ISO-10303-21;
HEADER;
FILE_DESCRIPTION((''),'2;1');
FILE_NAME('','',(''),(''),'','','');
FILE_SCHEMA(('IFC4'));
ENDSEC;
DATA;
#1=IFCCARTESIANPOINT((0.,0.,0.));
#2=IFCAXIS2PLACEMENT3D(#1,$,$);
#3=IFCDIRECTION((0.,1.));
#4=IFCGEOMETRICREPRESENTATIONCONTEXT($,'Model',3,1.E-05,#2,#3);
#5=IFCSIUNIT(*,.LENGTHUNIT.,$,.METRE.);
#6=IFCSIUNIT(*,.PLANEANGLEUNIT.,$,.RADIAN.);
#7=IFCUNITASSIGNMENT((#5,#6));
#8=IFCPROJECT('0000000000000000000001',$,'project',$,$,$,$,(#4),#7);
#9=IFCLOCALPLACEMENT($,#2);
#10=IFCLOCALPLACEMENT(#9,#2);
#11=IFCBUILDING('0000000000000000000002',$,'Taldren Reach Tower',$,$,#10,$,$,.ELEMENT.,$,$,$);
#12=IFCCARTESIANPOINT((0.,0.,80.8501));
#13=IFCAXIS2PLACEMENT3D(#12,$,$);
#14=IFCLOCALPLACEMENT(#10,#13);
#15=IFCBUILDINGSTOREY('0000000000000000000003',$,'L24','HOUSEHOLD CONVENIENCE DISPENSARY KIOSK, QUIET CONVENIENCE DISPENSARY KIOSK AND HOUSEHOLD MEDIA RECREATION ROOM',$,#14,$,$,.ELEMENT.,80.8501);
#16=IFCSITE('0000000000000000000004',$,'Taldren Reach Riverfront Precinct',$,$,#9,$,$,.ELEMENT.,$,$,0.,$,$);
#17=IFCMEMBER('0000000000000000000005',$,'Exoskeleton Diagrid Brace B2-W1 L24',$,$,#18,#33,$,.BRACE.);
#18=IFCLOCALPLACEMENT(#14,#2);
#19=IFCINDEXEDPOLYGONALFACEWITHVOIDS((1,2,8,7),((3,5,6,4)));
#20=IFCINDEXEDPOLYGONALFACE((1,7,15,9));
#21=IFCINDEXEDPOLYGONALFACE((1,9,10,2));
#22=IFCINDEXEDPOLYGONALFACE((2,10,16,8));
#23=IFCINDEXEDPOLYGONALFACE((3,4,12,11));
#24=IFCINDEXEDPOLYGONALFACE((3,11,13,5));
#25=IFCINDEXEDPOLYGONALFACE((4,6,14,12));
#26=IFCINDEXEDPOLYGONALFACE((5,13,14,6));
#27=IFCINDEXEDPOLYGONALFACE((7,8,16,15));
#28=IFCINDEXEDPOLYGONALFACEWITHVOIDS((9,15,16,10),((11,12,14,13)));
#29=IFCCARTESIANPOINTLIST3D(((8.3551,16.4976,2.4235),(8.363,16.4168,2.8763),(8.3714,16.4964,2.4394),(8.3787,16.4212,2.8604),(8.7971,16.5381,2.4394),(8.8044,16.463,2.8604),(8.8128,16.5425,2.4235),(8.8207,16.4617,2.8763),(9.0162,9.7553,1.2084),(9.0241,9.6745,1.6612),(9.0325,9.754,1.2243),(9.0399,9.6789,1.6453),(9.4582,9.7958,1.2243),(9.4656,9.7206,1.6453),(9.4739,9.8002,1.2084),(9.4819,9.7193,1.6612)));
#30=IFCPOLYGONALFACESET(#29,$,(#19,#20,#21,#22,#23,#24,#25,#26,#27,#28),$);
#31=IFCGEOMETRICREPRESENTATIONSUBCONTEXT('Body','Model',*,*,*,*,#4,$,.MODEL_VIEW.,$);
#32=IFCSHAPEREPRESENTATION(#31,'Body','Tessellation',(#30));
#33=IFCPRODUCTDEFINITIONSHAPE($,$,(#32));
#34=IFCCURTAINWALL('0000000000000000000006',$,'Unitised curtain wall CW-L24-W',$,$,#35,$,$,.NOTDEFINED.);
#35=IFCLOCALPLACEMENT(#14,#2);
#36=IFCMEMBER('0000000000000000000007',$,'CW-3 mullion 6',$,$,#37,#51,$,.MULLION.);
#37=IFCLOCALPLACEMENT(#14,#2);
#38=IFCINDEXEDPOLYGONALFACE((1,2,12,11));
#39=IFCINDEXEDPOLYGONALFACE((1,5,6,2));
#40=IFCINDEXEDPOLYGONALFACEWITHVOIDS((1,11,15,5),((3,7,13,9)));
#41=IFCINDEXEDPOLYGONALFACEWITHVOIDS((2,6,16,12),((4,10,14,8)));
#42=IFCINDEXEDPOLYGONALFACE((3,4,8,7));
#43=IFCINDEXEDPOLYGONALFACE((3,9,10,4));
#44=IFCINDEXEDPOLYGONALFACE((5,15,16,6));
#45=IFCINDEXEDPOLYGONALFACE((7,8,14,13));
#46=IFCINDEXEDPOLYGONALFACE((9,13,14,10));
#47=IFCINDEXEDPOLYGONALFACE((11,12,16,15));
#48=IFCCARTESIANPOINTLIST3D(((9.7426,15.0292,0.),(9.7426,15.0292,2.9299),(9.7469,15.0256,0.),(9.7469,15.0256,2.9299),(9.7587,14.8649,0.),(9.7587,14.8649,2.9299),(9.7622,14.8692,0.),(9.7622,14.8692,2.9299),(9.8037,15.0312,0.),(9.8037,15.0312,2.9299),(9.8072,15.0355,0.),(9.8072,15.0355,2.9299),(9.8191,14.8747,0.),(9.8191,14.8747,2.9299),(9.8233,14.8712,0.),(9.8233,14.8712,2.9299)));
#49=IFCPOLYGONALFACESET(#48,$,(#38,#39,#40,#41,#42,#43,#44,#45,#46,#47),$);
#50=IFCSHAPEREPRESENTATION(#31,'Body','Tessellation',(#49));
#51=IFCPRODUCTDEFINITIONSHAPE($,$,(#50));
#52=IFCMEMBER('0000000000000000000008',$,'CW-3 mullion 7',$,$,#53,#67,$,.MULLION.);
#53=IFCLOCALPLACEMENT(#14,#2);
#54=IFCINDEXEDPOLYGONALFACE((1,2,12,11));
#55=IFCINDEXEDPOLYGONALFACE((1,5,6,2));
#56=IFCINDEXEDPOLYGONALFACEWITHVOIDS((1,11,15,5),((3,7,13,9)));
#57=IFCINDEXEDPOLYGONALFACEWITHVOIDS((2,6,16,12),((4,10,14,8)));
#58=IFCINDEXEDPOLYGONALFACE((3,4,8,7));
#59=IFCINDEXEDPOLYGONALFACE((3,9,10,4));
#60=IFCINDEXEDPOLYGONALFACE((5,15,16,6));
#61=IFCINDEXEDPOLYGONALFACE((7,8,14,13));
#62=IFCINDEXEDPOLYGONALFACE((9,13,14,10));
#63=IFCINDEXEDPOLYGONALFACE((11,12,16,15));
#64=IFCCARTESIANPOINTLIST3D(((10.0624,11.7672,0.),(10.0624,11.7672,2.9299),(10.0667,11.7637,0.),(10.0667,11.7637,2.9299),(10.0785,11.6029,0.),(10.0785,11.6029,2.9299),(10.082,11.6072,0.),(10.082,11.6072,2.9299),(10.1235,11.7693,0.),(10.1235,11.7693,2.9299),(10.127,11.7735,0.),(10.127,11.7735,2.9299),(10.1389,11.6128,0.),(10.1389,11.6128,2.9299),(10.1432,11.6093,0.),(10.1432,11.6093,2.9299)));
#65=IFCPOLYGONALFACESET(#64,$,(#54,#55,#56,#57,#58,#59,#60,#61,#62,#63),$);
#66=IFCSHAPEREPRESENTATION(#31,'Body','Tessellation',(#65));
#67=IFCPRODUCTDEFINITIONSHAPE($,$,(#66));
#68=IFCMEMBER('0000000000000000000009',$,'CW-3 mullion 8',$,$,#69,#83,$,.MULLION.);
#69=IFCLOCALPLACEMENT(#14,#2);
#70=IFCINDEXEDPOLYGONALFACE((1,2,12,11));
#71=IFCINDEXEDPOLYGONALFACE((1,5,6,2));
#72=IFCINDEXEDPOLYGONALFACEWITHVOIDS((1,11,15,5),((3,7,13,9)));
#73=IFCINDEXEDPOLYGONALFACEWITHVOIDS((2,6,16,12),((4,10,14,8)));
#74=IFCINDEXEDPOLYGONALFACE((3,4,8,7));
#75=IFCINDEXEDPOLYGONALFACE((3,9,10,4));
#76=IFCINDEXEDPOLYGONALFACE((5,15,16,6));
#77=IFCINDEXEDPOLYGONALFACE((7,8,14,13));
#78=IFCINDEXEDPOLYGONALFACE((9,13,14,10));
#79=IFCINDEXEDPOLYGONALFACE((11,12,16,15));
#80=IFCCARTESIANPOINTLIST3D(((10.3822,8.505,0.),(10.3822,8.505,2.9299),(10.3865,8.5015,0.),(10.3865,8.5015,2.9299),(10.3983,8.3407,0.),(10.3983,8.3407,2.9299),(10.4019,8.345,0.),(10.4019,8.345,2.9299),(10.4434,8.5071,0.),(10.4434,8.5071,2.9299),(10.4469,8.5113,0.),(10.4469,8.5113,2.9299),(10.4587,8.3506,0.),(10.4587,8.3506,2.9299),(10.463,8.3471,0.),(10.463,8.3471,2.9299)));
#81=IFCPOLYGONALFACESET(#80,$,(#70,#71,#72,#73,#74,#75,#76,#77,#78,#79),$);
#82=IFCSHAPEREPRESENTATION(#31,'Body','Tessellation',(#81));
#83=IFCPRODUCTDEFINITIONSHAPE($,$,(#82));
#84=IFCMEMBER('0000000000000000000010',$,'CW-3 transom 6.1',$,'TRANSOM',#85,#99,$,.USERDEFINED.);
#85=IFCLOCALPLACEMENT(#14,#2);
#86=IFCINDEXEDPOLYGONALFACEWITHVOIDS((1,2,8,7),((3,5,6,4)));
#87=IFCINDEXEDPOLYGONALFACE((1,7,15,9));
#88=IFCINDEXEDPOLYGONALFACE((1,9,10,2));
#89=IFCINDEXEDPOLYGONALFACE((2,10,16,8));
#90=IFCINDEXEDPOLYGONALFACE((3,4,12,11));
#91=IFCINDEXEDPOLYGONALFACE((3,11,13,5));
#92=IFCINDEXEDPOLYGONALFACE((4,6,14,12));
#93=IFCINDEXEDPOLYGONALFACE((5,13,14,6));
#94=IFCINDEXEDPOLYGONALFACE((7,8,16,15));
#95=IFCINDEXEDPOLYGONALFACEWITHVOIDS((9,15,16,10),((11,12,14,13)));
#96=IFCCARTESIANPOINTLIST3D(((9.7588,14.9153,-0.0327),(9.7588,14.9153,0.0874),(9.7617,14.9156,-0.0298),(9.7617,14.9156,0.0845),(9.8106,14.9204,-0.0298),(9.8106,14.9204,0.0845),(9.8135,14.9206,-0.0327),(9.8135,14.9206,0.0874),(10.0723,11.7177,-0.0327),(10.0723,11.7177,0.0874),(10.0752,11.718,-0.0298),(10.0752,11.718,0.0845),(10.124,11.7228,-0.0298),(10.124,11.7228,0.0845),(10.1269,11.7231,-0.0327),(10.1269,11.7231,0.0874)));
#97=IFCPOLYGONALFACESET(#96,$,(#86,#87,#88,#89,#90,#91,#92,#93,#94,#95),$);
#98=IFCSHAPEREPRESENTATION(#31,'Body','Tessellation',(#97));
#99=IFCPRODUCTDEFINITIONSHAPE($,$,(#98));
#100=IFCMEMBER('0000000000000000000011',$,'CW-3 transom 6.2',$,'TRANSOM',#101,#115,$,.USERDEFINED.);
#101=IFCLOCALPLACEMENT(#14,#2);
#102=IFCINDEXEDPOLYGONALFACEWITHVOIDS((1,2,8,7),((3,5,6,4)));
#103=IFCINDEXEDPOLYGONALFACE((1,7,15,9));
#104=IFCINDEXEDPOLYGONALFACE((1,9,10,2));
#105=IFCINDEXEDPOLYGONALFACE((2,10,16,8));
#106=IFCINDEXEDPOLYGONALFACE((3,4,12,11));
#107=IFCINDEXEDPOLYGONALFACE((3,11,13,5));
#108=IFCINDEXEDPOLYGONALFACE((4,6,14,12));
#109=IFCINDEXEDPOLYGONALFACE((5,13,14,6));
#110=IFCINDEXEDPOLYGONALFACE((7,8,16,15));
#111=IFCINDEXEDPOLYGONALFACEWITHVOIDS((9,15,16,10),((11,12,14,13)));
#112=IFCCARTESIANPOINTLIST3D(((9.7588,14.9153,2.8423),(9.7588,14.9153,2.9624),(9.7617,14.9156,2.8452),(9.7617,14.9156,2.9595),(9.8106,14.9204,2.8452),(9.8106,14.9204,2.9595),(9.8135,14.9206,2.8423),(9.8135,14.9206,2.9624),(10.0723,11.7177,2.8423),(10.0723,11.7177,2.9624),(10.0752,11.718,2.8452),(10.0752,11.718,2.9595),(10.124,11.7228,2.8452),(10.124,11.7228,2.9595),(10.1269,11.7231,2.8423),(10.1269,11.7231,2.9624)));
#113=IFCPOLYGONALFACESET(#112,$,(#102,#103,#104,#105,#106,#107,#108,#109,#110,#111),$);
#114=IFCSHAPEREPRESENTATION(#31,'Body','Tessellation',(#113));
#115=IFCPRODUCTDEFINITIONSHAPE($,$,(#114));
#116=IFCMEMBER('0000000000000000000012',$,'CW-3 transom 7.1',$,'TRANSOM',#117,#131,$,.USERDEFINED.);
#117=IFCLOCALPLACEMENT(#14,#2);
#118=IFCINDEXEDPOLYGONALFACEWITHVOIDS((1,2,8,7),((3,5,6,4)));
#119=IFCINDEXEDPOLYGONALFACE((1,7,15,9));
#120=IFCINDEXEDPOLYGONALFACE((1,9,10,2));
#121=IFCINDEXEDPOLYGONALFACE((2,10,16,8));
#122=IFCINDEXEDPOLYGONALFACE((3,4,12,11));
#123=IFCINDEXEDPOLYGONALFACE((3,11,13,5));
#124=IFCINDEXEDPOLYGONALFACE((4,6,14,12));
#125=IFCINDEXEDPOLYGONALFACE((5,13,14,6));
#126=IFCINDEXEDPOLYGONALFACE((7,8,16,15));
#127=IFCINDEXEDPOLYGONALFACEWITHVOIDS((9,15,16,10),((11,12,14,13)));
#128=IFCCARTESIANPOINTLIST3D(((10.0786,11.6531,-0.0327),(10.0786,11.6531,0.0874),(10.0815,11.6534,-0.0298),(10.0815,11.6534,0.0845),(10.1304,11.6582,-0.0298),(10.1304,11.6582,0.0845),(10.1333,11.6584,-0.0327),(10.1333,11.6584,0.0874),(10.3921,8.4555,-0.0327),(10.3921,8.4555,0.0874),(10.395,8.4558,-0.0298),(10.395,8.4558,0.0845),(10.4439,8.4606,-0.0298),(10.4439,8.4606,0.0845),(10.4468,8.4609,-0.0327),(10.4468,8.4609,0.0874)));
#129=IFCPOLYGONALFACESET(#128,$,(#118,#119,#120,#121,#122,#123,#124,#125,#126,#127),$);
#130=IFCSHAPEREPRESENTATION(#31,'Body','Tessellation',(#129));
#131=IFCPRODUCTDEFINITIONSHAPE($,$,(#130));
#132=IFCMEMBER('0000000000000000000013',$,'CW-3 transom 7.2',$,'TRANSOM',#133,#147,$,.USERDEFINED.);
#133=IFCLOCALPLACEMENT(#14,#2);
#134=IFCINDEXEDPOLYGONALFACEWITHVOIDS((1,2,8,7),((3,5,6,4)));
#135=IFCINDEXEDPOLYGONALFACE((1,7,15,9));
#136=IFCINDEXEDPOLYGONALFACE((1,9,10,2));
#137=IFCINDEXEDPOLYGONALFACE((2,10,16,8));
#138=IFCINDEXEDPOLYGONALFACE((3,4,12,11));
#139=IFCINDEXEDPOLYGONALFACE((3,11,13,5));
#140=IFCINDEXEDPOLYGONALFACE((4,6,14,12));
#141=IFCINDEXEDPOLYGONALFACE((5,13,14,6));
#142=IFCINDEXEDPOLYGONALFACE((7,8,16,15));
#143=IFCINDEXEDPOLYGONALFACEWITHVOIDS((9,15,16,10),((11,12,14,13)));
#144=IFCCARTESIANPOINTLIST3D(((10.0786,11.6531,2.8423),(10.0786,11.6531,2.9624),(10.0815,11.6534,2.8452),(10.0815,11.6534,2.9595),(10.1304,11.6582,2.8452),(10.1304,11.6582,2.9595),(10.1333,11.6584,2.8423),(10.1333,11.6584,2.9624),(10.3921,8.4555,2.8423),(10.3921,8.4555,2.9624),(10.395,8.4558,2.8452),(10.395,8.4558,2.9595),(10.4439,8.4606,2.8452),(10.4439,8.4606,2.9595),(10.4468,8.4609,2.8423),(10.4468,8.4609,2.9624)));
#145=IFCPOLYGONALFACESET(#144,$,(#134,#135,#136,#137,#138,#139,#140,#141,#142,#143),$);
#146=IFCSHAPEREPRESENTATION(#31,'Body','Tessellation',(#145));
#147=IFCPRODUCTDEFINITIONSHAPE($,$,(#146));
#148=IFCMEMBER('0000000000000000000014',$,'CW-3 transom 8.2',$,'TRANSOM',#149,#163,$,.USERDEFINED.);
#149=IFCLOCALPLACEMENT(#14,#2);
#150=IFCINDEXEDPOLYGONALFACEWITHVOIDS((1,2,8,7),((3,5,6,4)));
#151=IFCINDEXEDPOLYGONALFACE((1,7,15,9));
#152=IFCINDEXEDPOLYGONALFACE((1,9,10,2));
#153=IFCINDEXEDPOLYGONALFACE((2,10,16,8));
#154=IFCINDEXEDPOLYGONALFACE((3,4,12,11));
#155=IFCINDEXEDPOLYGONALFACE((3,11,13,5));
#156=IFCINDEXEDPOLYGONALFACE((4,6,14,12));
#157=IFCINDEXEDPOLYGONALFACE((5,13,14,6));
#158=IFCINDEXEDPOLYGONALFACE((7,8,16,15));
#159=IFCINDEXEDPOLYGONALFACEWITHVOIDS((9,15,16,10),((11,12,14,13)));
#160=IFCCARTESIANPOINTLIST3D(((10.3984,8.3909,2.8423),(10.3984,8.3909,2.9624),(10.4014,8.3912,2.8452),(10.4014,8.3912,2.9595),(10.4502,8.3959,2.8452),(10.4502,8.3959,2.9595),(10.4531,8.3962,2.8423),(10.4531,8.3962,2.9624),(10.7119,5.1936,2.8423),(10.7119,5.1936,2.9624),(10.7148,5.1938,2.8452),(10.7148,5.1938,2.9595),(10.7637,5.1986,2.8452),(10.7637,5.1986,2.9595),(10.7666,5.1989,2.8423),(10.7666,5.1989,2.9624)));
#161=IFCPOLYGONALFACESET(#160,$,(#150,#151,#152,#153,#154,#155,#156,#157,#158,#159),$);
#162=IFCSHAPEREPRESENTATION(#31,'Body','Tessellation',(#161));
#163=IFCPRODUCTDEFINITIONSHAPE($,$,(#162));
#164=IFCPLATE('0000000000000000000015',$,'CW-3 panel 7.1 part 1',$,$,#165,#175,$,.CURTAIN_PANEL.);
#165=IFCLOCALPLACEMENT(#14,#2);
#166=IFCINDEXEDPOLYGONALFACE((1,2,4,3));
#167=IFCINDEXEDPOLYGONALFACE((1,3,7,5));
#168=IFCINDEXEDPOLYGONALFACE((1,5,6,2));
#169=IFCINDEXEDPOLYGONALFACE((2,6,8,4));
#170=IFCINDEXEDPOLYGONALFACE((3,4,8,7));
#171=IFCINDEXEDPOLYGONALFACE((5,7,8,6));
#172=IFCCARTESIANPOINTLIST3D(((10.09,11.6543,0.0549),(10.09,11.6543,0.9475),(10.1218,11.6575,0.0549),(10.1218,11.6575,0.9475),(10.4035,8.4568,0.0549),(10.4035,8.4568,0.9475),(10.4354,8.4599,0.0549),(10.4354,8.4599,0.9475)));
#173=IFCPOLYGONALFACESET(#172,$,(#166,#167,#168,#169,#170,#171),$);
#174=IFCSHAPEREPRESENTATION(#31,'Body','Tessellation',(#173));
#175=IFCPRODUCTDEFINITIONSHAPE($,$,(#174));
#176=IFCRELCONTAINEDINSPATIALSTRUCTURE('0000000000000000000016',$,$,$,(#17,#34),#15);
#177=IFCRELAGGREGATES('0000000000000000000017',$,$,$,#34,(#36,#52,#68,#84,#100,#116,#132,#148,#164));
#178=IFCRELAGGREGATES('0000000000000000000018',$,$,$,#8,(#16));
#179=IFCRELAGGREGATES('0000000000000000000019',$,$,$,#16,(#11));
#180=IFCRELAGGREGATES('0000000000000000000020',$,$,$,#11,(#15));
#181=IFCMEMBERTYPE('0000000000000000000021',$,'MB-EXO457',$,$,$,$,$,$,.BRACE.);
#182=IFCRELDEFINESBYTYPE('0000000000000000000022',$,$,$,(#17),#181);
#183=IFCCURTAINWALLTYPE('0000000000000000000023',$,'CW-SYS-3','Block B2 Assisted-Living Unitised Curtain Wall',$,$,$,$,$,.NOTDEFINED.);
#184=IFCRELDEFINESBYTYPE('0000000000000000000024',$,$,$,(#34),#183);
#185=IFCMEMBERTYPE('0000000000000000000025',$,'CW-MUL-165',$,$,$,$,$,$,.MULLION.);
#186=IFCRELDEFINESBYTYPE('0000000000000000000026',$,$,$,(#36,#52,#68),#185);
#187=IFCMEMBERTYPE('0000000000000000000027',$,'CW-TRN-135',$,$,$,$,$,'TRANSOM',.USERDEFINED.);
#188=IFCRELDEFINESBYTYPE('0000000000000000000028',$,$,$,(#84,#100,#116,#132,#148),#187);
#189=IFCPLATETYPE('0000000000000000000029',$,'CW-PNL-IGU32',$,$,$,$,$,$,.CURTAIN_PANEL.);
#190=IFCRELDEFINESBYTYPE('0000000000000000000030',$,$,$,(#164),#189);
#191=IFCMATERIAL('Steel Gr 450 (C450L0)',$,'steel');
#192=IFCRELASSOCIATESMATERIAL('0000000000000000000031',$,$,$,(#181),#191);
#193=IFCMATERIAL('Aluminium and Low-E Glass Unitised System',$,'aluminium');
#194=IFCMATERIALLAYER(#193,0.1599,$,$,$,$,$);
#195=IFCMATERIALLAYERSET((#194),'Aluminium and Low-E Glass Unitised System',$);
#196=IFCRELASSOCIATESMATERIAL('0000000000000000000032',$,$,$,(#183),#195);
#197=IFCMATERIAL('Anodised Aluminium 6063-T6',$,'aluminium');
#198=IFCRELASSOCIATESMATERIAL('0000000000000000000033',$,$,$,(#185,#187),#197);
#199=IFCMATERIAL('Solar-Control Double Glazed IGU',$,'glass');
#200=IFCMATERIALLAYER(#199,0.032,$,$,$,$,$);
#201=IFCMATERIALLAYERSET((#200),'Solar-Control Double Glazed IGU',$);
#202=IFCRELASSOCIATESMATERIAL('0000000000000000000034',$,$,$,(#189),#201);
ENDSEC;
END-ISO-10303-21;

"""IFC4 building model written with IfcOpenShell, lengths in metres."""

from ifc_helpers import new_model, si_unit, direction, frame, origin, origin_2d, place, context, subcontext, project, spatial, rectangle, hollow_rectangle, extrude, source, transform, mapped, material, layer, layer_set, material_profile, profile_set, type_object, element, aggregate, save


model = new_model("IFC4")

# Units and contexts
model_context = context("Model", 3, precision=1e-05, world=origin(), true_north=direction((0.0, 1.0)))
body_context = subcontext(model_context, "Body", "Model", "MODEL_VIEW")
ifc_project = project(units=[si_unit("LENGTHUNIT", "METRE"), si_unit("PLANEANGLEUNIT", "RADIAN")], contexts=[model_context])

# Site, building, storey
site_placement = place(None, origin())
site = spatial("IfcSite", under=ifc_project, at=site_placement, Name="Taldren Reach Riverfront Precinct", CompositionType="ELEMENT", RefElevation=0.0)
building_placement = place(site_placement, origin())
building = spatial("IfcBuilding", under=site, at=building_placement, Name="Taldren Reach Tower", CompositionType="ELEMENT")
storey_placement = place(building_placement, frame((0.0, 0.0, 80.8501)))
storey = spatial("IfcBuildingStorey", under=building, at=storey_placement, Name="L24", Description="HOUSEHOLD CONVENIENCE DISPENSARY KIOSK, QUIET CONVENIENCE DISPENSARY KIOSK AND HOUSEHOLD MEDIA RECREATION ROOM", CompositionType="ELEMENT", Elevation=80.8501)

# Member
ifc_material_1 = material(Name="Steel Gr 450 (C450L0)", Category="steel")
ifc_material_profile_1 = material_profile(ifc_material_1, hollow_rectangle(XDim=0.46, YDim=0.46, WallThickness=0.0161, at=origin_2d()), Name="460x460x16.0SHS")
ifc_profile_set_1 = profile_set([ifc_material_profile_1], Name="Steel Gr 450 (C450L0)")
member_type_1 = type_object("IfcMemberType", Name="MB-EXO457", PredefinedType="BRACE", material=ifc_profile_set_1)
shared_shape_1 = source(origin(), body_context, "Body", "SweptSolid", [
    extrude(hollow_rectangle(XDim=0.46, YDim=0.46, WallThickness=0.0161, at=origin_2d()), origin(), (0.0, 0.0, 1.0), 6.8828),
])
member_1_placement = place(storey_placement, frame((9.249, 9.7373, 1.4348), z_axis=(-0.096055, 0.979596, 0.176538), x_axis=(-0.995227, -0.097588, 0.0)))
element("IfcMember", 1, at=member_1_placement, inside=storey, type_object=member_type_1, Name="Exoskeleton Diagrid Brace B2-W1 L24", PredefinedType="BRACE", context=body_context, shape_type="MappedRepresentation", body=[
    mapped(shared_shape_1, transform((0.0, 0.0, 0.0), scale=1.0)),
])

# Curtain wall, members, plate
ifc_material_2 = material(Name="Aluminium and Low-E Glass Unitised System", Category="aluminium")
ifc_layer_1 = layer(ifc_material_2, 0.1599)
ifc_layer_set_1 = layer_set([ifc_layer_1], Name="Aluminium and Low-E Glass Unitised System")
curtain_wall_type = type_object("IfcCurtainWallType", Name="CW-SYS-3", Description="Block B2 Assisted-Living Unitised Curtain Wall", PredefinedType="NOTDEFINED", material=ifc_layer_set_1)
curtain_wall_placement = place(storey_placement, origin())
curtain_wall = element("IfcCurtainWall", 2, at=curtain_wall_placement, inside=storey, type_object=curtain_wall_type, Name="Unitised curtain wall CW-L24-W", PredefinedType="NOTDEFINED")
ifc_material_3 = material(Name="Anodised Aluminium 6063-T6", Category="aluminium")
ifc_material_profile_2 = material_profile(ifc_material_3, hollow_rectangle(XDim=0.0649, YDim=0.165, WallThickness=0.0039, at=origin_2d()), Name="ALU-165x65x4RHS")
ifc_profile_set_2 = profile_set([ifc_material_profile_2], Name="Anodised Aluminium 6063-T6")
member_type_2 = type_object("IfcMemberType", Name="CW-MUL-165", PredefinedType="MULLION", material=ifc_profile_set_2)
shared_shape_2 = source(origin(), body_context, "Body", "SweptSolid", [
    extrude(hollow_rectangle(XDim=0.0649, YDim=0.165, WallThickness=0.0039, at=origin_2d()), origin(), (0.0, 0.0, 1.0), 2.9299),
])
member_2_placement = place(storey_placement, frame((9.783, 14.9502, 0.0), z_axis=(0.0, 0.0, 1.0), x_axis=(0.995227, 0.097583, 0.0)))
member_2 = element("IfcMember", 3, at=member_2_placement, type_object=member_type_2, Name="CW-3 mullion 6", PredefinedType="MULLION", context=body_context, shape_type="MappedRepresentation", body=[
    mapped(shared_shape_2, transform((0.0, 0.0, 0.0), scale=1.0)),
])
member_3_placement = place(storey_placement, frame((10.1028, 11.6882, 0.0), z_axis=(0.0, 0.0, 1.0), x_axis=(0.995227, 0.097583, 0.0)))
member_3 = element("IfcMember", 4, at=member_3_placement, type_object=member_type_2, Name="CW-3 mullion 7", PredefinedType="MULLION", context=body_context, shape_type="MappedRepresentation", body=[
    mapped(shared_shape_2, transform((0.0, 0.0, 0.0), scale=1.0)),
])
member_4_placement = place(storey_placement, frame((10.4226, 8.426, 0.0), z_axis=(0.0, 0.0, 1.0), x_axis=(0.995227, 0.097583, 0.0)))
member_4 = element("IfcMember", 5, at=member_4_placement, type_object=member_type_2, Name="CW-3 mullion 8", PredefinedType="MULLION", context=body_context, shape_type="MappedRepresentation", body=[
    mapped(shared_shape_2, transform((0.0, 0.0, 0.0), scale=1.0)),
])
ifc_material_profile_3 = material_profile(ifc_material_3, hollow_rectangle(XDim=0.0549, YDim=0.1201, WallThickness=0.0029, at=origin_2d()), Name="ALU-120x55x3RHS")
ifc_profile_set_3 = profile_set([ifc_material_profile_3], Name="Anodised Aluminium 6063-T6")
member_type_3 = type_object("IfcMemberType", Name="CW-TRN-135", ElementType="TRANSOM", PredefinedType="USERDEFINED", material=ifc_profile_set_3)
shared_shape_3 = source(origin(), body_context, "Body", "SweptSolid", [
    extrude(hollow_rectangle(XDim=0.0549, YDim=0.1201, WallThickness=0.0029, at=origin_2d()), origin(), (0.0, 0.0, 1.0), 3.2129),
])
member_5_placement = place(storey_placement, frame((9.7861, 14.918, 0.0273), z_axis=(0.09757, -0.995229, 0.0), x_axis=(0.995229, 0.09757, 0.0)))
member_5 = element("IfcMember", 6, at=member_5_placement, type_object=member_type_3, Name="CW-3 transom 6.1", ObjectType="TRANSOM", PredefinedType="USERDEFINED", context=body_context, shape_type="MappedRepresentation", body=[
    mapped(shared_shape_3, transform((0.0, 0.0, 0.0), scale=1.0)),
])
member_6_placement = place(storey_placement, frame((9.7861, 14.918, 2.9023), z_axis=(0.09757, -0.995229, 0.0), x_axis=(0.995229, 0.09757, 0.0)))
member_6 = element("IfcMember", 7, at=member_6_placement, type_object=member_type_3, Name="CW-3 transom 6.2", ObjectType="TRANSOM", PredefinedType="USERDEFINED", context=body_context, shape_type="MappedRepresentation", body=[
    mapped(shared_shape_3, transform((0.0, 0.0, 0.0), scale=1.0)),
])
member_7_placement = place(storey_placement, frame((10.106, 11.6558, 0.0273), z_axis=(0.09757, -0.995229, 0.0), x_axis=(0.995229, 0.09757, 0.0)))
member_7 = element("IfcMember", 8, at=member_7_placement, type_object=member_type_3, Name="CW-3 transom 7.1", ObjectType="TRANSOM", PredefinedType="USERDEFINED", context=body_context, shape_type="MappedRepresentation", body=[
    mapped(shared_shape_3, transform((0.0, 0.0, 0.0), scale=1.0)),
])
member_8_placement = place(storey_placement, frame((10.106, 11.6558, 2.9023), z_axis=(0.09757, -0.995229, 0.0), x_axis=(0.995229, 0.09757, 0.0)))
member_8 = element("IfcMember", 9, at=member_8_placement, type_object=member_type_3, Name="CW-3 transom 7.2", ObjectType="TRANSOM", PredefinedType="USERDEFINED", context=body_context, shape_type="MappedRepresentation", body=[
    mapped(shared_shape_3, transform((0.0, 0.0, 0.0), scale=1.0)),
])
shared_shape_4 = source(origin(), body_context, "Body", "SweptSolid", [
    extrude(hollow_rectangle(XDim=0.0549, YDim=0.1201, WallThickness=0.0029, at=origin_2d()), origin(), (0.0, 0.0, 1.0), 3.2126),
])
member_9_placement = place(storey_placement, frame((10.4258, 8.3936, 2.9023), z_axis=(0.097577, -0.995228, 0.0), x_axis=(0.995228, 0.097577, 0.0)))
member_9 = element("IfcMember", 10, at=member_9_placement, type_object=member_type_3, Name="CW-3 transom 8.2", ObjectType="TRANSOM", PredefinedType="USERDEFINED", context=body_context, shape_type="MappedRepresentation", body=[
    mapped(shared_shape_4, transform((0.0, 0.0, 0.0), scale=1.0)),
])
ifc_material_4 = material(Name="Solar-Control Double Glazed IGU", Category="glass")
ifc_layer_2 = layer(ifc_material_4, 0.032)
ifc_layer_set_2 = layer_set([ifc_layer_2], Name="Solar-Control Double Glazed IGU")
plate_type = type_object("IfcPlateType", Name="CW-PNL-IGU32", PredefinedType="CURTAIN_PANEL", material=ifc_layer_set_2)
shared_shape_5 = source(origin(), body_context, "Body", "SweptSolid", [
    extrude(rectangle(XDim=3.2129, YDim=0.032, at=origin_2d()), origin(), (0.0, 0.0, 1.0), 0.8926),
])
plate_1_placement = place(storey_placement, frame((10.2627, 10.0571, 0.0549), z_axis=(0.0, 0.0, 1.0), x_axis=(0.097583, -0.995227, 0.0)))
plate_1 = element("IfcPlate", 11, at=plate_1_placement, type_object=plate_type, Name="CW-3 panel 7.1 part 1", PredefinedType="CURTAIN_PANEL", context=body_context, shape_type="MappedRepresentation", body=[
    mapped(shared_shape_5, transform((0.0, 0.0, 0.0), scale=1.0)),
])
aggregate(curtain_wall, [member_2, member_3, member_4, member_5, member_6, member_7, member_8, member_9, plate_1])

save(model, "model.ifc")
